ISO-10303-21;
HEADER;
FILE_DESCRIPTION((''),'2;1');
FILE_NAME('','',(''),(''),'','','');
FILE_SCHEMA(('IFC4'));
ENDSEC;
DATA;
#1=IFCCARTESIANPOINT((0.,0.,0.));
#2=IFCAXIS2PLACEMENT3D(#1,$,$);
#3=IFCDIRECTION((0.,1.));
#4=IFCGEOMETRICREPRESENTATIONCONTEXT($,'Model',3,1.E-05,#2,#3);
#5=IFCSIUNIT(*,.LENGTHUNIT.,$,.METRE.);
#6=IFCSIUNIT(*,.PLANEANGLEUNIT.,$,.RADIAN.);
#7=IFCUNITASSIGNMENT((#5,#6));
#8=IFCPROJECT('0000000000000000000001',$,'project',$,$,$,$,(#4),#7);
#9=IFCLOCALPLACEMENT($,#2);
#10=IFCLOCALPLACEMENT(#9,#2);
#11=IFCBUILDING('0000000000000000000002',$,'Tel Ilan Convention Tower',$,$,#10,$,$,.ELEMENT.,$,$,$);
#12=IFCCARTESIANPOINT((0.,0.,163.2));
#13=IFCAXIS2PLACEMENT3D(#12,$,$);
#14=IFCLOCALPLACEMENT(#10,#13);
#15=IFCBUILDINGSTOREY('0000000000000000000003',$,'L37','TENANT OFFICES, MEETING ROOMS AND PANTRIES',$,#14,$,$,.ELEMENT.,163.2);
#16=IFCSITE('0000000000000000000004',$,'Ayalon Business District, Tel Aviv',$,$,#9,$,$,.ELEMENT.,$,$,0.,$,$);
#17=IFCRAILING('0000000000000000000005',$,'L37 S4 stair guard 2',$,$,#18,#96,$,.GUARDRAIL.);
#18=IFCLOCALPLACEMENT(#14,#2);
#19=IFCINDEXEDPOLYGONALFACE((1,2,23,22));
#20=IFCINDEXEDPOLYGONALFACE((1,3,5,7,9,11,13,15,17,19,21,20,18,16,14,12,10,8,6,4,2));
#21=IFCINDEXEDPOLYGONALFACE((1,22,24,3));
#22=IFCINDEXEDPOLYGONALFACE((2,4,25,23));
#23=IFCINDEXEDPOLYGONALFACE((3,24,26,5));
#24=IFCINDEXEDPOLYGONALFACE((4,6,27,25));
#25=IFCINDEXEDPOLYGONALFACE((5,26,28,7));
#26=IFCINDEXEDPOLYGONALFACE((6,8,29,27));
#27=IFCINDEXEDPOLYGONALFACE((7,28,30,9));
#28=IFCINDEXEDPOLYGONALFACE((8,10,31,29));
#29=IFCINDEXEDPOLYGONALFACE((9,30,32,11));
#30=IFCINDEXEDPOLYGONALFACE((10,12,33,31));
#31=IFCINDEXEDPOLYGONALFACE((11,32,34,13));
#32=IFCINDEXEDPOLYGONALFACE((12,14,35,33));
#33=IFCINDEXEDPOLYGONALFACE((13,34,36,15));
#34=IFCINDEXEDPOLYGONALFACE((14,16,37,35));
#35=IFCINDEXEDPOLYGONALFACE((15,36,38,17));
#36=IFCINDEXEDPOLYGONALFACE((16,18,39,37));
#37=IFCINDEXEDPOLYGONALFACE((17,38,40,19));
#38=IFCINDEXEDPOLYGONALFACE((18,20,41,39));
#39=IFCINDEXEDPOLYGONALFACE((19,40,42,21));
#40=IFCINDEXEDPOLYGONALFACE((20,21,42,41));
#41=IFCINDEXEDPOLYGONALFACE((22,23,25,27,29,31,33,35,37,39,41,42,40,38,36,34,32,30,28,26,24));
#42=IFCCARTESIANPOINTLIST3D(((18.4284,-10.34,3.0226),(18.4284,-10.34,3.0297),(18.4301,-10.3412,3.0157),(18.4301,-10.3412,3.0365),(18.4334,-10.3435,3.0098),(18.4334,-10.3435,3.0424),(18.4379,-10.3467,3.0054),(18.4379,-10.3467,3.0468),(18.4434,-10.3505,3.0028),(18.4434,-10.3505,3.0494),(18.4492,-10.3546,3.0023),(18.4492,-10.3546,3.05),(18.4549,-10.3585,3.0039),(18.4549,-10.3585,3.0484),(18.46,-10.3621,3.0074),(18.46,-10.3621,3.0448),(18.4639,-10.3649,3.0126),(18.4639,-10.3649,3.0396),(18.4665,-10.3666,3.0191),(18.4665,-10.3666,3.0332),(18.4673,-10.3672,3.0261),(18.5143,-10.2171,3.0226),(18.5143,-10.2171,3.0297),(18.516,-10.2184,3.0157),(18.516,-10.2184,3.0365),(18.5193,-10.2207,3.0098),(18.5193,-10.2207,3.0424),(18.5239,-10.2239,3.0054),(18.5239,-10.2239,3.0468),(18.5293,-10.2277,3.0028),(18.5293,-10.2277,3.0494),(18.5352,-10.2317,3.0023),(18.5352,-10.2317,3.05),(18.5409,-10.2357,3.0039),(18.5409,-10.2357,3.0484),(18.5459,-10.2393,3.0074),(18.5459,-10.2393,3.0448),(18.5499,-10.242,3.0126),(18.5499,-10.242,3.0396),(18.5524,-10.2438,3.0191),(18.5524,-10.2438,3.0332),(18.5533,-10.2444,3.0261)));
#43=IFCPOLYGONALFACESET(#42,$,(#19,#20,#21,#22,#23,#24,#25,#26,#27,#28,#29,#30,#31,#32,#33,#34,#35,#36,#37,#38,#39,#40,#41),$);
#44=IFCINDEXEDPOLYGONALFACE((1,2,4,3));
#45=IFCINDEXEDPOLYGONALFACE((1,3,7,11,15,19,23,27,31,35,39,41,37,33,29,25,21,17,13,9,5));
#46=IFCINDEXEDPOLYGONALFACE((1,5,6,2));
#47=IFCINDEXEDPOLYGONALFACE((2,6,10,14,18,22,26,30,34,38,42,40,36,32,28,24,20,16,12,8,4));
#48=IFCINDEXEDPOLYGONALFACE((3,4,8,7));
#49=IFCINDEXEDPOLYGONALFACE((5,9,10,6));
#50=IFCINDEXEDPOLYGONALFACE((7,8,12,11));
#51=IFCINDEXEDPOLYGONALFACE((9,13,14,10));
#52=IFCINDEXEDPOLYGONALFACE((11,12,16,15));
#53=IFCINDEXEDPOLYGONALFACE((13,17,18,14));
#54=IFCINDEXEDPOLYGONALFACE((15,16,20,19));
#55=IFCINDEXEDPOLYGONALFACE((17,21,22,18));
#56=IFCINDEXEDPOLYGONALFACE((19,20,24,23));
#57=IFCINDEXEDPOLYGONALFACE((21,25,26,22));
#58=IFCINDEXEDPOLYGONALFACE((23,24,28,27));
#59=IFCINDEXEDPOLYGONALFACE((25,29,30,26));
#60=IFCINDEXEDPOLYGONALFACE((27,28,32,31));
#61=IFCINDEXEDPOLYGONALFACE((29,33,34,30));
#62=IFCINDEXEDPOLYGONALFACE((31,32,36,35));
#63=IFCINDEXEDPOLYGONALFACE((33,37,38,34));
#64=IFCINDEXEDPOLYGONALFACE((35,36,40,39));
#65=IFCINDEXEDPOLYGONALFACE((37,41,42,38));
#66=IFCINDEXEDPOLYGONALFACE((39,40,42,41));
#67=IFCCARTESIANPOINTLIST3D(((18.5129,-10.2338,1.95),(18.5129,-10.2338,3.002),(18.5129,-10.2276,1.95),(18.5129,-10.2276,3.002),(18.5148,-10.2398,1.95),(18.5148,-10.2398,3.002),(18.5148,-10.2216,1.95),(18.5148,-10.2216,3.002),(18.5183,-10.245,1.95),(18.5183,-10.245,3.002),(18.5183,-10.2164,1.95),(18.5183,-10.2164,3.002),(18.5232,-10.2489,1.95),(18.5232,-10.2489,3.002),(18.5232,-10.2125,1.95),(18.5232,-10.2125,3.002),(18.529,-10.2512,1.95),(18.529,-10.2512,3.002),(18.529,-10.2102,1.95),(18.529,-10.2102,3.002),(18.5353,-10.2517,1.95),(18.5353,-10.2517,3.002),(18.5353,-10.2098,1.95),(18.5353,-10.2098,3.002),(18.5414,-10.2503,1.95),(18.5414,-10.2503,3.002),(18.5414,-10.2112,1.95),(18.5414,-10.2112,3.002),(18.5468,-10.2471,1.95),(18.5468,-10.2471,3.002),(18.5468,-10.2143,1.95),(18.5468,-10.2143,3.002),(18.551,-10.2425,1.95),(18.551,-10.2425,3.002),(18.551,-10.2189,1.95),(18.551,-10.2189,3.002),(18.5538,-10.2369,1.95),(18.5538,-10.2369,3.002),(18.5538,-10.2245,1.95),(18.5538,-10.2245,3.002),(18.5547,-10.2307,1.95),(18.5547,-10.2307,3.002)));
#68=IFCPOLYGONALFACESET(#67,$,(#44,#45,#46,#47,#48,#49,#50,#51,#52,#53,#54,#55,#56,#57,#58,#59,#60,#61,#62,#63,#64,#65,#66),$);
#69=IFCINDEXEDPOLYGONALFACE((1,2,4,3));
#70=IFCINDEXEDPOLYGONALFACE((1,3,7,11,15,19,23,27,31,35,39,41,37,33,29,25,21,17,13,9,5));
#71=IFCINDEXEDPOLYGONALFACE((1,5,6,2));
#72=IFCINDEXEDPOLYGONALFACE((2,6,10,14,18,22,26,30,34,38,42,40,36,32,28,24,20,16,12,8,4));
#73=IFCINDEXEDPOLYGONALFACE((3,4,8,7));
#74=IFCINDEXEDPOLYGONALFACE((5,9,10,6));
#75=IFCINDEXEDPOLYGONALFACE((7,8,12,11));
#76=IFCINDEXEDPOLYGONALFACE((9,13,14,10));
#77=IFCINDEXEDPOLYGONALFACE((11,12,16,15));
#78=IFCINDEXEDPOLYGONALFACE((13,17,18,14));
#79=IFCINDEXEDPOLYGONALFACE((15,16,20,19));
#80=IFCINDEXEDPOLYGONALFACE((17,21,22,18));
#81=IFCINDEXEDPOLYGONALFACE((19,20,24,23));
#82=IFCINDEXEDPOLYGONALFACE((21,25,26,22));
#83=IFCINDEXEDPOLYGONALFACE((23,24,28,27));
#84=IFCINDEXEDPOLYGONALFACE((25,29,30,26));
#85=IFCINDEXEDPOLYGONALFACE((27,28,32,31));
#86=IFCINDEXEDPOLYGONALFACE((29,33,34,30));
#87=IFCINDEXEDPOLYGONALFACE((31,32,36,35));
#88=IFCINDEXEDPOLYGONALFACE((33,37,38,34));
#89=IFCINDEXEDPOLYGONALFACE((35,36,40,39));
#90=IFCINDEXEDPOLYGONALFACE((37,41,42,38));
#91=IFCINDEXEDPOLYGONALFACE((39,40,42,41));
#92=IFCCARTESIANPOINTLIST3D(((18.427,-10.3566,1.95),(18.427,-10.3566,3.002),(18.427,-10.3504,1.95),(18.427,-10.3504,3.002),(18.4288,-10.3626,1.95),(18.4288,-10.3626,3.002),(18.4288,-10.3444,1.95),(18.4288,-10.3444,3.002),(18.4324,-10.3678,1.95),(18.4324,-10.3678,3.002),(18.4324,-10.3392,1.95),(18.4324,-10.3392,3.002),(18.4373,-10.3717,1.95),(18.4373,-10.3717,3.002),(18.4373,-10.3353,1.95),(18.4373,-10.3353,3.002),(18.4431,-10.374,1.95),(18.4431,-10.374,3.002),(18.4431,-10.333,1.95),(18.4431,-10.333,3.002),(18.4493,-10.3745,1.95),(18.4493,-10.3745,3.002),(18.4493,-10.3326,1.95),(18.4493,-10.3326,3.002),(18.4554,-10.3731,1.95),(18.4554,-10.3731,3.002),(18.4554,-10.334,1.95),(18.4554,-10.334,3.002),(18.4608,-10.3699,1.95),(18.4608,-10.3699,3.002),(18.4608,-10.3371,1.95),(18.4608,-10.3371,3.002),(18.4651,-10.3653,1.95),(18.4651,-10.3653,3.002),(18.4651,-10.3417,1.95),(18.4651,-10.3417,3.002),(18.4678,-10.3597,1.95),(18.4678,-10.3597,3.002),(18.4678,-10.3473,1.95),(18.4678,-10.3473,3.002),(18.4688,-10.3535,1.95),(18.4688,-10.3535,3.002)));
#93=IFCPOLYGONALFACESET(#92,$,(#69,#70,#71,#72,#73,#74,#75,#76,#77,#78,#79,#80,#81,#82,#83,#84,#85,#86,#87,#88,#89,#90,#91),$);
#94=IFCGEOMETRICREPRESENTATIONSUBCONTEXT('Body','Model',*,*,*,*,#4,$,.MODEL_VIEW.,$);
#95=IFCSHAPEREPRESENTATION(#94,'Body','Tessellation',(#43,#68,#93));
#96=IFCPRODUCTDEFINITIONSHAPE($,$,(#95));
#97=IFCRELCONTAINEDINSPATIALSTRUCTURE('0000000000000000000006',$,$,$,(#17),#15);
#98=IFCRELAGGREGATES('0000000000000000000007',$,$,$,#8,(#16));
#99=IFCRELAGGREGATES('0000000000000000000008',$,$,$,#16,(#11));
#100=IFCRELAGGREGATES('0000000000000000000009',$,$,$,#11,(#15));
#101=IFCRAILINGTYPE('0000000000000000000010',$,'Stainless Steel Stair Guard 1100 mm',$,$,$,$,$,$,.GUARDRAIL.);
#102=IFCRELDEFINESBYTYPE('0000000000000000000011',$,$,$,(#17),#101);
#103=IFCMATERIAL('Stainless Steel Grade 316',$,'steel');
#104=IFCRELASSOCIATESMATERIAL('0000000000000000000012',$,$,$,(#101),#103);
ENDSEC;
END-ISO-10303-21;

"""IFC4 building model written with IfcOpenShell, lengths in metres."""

from ifc_helpers import new_model, si_unit, direction, frame, origin, origin_2d, place, context, subcontext, project, spatial, circle, extrude, material, type_object, element, save


model = new_model("IFC4")

# Units and contexts
model_context = context("Model", 3, precision=1e-05, world=origin(), true_north=direction((0.0, 1.0)))
body_context = subcontext(model_context, "Body", "Model", "MODEL_VIEW")
ifc_project = project(units=[si_unit("LENGTHUNIT", "METRE"), si_unit("PLANEANGLEUNIT", "RADIAN")], contexts=[model_context])

# Site, building, storey
site_placement = place(None, origin())
site = spatial("IfcSite", under=ifc_project, at=site_placement, Name="Ayalon Business District, Tel Aviv", CompositionType="ELEMENT", RefElevation=0.0)
building_placement = place(site_placement, origin())
building = spatial("IfcBuilding", under=site, at=building_placement, Name="Tel Ilan Convention Tower", CompositionType="ELEMENT")
storey_placement = place(building_placement, frame((0.0, 0.0, 163.2)))
storey = spatial("IfcBuildingStorey", under=building, at=storey_placement, Name="L37", Description="TENANT OFFICES, MEETING ROOMS AND PANTRIES", CompositionType="ELEMENT", Elevation=163.2)

# Railing
ifc_material_1 = material(Name="Stainless Steel Grade 316", Category="steel")
railing_type_1 = type_object("IfcRailingType", Name="Stainless Steel Stair Guard 1100 mm", PredefinedType="GUARDRAIL", material=ifc_material_1)
railing_1_placement = place(storey_placement, frame((18.5337, -10.2307, 1.95)))
element("IfcRailing", 1, at=railing_1_placement, inside=storey, type_object=railing_type_1, Name="L37 S4 stair guard 2", PredefinedType="GUARDRAIL", context=body_context, shape_type="SweptSolid", body=[
    extrude(circle(Radius=0.0239, at=origin_2d()), frame((0.0, 0.0, 1.0762), z_axis=(-0.573353, -0.819308, 0.0), x_axis=(0.819308, -0.573353, 0.0)), (0.0, 0.0, 1.0), 0.1499),
    extrude(circle(Radius=0.021, at=origin_2d()), origin(), (0.0, 0.0, 1.0), 1.052),
    extrude(circle(Radius=0.021, at=origin_2d()), frame((-0.0859, -0.1228, 0.0)), (0.0, 0.0, 1.0), 1.052),
])

save(model, "model.ifc")
